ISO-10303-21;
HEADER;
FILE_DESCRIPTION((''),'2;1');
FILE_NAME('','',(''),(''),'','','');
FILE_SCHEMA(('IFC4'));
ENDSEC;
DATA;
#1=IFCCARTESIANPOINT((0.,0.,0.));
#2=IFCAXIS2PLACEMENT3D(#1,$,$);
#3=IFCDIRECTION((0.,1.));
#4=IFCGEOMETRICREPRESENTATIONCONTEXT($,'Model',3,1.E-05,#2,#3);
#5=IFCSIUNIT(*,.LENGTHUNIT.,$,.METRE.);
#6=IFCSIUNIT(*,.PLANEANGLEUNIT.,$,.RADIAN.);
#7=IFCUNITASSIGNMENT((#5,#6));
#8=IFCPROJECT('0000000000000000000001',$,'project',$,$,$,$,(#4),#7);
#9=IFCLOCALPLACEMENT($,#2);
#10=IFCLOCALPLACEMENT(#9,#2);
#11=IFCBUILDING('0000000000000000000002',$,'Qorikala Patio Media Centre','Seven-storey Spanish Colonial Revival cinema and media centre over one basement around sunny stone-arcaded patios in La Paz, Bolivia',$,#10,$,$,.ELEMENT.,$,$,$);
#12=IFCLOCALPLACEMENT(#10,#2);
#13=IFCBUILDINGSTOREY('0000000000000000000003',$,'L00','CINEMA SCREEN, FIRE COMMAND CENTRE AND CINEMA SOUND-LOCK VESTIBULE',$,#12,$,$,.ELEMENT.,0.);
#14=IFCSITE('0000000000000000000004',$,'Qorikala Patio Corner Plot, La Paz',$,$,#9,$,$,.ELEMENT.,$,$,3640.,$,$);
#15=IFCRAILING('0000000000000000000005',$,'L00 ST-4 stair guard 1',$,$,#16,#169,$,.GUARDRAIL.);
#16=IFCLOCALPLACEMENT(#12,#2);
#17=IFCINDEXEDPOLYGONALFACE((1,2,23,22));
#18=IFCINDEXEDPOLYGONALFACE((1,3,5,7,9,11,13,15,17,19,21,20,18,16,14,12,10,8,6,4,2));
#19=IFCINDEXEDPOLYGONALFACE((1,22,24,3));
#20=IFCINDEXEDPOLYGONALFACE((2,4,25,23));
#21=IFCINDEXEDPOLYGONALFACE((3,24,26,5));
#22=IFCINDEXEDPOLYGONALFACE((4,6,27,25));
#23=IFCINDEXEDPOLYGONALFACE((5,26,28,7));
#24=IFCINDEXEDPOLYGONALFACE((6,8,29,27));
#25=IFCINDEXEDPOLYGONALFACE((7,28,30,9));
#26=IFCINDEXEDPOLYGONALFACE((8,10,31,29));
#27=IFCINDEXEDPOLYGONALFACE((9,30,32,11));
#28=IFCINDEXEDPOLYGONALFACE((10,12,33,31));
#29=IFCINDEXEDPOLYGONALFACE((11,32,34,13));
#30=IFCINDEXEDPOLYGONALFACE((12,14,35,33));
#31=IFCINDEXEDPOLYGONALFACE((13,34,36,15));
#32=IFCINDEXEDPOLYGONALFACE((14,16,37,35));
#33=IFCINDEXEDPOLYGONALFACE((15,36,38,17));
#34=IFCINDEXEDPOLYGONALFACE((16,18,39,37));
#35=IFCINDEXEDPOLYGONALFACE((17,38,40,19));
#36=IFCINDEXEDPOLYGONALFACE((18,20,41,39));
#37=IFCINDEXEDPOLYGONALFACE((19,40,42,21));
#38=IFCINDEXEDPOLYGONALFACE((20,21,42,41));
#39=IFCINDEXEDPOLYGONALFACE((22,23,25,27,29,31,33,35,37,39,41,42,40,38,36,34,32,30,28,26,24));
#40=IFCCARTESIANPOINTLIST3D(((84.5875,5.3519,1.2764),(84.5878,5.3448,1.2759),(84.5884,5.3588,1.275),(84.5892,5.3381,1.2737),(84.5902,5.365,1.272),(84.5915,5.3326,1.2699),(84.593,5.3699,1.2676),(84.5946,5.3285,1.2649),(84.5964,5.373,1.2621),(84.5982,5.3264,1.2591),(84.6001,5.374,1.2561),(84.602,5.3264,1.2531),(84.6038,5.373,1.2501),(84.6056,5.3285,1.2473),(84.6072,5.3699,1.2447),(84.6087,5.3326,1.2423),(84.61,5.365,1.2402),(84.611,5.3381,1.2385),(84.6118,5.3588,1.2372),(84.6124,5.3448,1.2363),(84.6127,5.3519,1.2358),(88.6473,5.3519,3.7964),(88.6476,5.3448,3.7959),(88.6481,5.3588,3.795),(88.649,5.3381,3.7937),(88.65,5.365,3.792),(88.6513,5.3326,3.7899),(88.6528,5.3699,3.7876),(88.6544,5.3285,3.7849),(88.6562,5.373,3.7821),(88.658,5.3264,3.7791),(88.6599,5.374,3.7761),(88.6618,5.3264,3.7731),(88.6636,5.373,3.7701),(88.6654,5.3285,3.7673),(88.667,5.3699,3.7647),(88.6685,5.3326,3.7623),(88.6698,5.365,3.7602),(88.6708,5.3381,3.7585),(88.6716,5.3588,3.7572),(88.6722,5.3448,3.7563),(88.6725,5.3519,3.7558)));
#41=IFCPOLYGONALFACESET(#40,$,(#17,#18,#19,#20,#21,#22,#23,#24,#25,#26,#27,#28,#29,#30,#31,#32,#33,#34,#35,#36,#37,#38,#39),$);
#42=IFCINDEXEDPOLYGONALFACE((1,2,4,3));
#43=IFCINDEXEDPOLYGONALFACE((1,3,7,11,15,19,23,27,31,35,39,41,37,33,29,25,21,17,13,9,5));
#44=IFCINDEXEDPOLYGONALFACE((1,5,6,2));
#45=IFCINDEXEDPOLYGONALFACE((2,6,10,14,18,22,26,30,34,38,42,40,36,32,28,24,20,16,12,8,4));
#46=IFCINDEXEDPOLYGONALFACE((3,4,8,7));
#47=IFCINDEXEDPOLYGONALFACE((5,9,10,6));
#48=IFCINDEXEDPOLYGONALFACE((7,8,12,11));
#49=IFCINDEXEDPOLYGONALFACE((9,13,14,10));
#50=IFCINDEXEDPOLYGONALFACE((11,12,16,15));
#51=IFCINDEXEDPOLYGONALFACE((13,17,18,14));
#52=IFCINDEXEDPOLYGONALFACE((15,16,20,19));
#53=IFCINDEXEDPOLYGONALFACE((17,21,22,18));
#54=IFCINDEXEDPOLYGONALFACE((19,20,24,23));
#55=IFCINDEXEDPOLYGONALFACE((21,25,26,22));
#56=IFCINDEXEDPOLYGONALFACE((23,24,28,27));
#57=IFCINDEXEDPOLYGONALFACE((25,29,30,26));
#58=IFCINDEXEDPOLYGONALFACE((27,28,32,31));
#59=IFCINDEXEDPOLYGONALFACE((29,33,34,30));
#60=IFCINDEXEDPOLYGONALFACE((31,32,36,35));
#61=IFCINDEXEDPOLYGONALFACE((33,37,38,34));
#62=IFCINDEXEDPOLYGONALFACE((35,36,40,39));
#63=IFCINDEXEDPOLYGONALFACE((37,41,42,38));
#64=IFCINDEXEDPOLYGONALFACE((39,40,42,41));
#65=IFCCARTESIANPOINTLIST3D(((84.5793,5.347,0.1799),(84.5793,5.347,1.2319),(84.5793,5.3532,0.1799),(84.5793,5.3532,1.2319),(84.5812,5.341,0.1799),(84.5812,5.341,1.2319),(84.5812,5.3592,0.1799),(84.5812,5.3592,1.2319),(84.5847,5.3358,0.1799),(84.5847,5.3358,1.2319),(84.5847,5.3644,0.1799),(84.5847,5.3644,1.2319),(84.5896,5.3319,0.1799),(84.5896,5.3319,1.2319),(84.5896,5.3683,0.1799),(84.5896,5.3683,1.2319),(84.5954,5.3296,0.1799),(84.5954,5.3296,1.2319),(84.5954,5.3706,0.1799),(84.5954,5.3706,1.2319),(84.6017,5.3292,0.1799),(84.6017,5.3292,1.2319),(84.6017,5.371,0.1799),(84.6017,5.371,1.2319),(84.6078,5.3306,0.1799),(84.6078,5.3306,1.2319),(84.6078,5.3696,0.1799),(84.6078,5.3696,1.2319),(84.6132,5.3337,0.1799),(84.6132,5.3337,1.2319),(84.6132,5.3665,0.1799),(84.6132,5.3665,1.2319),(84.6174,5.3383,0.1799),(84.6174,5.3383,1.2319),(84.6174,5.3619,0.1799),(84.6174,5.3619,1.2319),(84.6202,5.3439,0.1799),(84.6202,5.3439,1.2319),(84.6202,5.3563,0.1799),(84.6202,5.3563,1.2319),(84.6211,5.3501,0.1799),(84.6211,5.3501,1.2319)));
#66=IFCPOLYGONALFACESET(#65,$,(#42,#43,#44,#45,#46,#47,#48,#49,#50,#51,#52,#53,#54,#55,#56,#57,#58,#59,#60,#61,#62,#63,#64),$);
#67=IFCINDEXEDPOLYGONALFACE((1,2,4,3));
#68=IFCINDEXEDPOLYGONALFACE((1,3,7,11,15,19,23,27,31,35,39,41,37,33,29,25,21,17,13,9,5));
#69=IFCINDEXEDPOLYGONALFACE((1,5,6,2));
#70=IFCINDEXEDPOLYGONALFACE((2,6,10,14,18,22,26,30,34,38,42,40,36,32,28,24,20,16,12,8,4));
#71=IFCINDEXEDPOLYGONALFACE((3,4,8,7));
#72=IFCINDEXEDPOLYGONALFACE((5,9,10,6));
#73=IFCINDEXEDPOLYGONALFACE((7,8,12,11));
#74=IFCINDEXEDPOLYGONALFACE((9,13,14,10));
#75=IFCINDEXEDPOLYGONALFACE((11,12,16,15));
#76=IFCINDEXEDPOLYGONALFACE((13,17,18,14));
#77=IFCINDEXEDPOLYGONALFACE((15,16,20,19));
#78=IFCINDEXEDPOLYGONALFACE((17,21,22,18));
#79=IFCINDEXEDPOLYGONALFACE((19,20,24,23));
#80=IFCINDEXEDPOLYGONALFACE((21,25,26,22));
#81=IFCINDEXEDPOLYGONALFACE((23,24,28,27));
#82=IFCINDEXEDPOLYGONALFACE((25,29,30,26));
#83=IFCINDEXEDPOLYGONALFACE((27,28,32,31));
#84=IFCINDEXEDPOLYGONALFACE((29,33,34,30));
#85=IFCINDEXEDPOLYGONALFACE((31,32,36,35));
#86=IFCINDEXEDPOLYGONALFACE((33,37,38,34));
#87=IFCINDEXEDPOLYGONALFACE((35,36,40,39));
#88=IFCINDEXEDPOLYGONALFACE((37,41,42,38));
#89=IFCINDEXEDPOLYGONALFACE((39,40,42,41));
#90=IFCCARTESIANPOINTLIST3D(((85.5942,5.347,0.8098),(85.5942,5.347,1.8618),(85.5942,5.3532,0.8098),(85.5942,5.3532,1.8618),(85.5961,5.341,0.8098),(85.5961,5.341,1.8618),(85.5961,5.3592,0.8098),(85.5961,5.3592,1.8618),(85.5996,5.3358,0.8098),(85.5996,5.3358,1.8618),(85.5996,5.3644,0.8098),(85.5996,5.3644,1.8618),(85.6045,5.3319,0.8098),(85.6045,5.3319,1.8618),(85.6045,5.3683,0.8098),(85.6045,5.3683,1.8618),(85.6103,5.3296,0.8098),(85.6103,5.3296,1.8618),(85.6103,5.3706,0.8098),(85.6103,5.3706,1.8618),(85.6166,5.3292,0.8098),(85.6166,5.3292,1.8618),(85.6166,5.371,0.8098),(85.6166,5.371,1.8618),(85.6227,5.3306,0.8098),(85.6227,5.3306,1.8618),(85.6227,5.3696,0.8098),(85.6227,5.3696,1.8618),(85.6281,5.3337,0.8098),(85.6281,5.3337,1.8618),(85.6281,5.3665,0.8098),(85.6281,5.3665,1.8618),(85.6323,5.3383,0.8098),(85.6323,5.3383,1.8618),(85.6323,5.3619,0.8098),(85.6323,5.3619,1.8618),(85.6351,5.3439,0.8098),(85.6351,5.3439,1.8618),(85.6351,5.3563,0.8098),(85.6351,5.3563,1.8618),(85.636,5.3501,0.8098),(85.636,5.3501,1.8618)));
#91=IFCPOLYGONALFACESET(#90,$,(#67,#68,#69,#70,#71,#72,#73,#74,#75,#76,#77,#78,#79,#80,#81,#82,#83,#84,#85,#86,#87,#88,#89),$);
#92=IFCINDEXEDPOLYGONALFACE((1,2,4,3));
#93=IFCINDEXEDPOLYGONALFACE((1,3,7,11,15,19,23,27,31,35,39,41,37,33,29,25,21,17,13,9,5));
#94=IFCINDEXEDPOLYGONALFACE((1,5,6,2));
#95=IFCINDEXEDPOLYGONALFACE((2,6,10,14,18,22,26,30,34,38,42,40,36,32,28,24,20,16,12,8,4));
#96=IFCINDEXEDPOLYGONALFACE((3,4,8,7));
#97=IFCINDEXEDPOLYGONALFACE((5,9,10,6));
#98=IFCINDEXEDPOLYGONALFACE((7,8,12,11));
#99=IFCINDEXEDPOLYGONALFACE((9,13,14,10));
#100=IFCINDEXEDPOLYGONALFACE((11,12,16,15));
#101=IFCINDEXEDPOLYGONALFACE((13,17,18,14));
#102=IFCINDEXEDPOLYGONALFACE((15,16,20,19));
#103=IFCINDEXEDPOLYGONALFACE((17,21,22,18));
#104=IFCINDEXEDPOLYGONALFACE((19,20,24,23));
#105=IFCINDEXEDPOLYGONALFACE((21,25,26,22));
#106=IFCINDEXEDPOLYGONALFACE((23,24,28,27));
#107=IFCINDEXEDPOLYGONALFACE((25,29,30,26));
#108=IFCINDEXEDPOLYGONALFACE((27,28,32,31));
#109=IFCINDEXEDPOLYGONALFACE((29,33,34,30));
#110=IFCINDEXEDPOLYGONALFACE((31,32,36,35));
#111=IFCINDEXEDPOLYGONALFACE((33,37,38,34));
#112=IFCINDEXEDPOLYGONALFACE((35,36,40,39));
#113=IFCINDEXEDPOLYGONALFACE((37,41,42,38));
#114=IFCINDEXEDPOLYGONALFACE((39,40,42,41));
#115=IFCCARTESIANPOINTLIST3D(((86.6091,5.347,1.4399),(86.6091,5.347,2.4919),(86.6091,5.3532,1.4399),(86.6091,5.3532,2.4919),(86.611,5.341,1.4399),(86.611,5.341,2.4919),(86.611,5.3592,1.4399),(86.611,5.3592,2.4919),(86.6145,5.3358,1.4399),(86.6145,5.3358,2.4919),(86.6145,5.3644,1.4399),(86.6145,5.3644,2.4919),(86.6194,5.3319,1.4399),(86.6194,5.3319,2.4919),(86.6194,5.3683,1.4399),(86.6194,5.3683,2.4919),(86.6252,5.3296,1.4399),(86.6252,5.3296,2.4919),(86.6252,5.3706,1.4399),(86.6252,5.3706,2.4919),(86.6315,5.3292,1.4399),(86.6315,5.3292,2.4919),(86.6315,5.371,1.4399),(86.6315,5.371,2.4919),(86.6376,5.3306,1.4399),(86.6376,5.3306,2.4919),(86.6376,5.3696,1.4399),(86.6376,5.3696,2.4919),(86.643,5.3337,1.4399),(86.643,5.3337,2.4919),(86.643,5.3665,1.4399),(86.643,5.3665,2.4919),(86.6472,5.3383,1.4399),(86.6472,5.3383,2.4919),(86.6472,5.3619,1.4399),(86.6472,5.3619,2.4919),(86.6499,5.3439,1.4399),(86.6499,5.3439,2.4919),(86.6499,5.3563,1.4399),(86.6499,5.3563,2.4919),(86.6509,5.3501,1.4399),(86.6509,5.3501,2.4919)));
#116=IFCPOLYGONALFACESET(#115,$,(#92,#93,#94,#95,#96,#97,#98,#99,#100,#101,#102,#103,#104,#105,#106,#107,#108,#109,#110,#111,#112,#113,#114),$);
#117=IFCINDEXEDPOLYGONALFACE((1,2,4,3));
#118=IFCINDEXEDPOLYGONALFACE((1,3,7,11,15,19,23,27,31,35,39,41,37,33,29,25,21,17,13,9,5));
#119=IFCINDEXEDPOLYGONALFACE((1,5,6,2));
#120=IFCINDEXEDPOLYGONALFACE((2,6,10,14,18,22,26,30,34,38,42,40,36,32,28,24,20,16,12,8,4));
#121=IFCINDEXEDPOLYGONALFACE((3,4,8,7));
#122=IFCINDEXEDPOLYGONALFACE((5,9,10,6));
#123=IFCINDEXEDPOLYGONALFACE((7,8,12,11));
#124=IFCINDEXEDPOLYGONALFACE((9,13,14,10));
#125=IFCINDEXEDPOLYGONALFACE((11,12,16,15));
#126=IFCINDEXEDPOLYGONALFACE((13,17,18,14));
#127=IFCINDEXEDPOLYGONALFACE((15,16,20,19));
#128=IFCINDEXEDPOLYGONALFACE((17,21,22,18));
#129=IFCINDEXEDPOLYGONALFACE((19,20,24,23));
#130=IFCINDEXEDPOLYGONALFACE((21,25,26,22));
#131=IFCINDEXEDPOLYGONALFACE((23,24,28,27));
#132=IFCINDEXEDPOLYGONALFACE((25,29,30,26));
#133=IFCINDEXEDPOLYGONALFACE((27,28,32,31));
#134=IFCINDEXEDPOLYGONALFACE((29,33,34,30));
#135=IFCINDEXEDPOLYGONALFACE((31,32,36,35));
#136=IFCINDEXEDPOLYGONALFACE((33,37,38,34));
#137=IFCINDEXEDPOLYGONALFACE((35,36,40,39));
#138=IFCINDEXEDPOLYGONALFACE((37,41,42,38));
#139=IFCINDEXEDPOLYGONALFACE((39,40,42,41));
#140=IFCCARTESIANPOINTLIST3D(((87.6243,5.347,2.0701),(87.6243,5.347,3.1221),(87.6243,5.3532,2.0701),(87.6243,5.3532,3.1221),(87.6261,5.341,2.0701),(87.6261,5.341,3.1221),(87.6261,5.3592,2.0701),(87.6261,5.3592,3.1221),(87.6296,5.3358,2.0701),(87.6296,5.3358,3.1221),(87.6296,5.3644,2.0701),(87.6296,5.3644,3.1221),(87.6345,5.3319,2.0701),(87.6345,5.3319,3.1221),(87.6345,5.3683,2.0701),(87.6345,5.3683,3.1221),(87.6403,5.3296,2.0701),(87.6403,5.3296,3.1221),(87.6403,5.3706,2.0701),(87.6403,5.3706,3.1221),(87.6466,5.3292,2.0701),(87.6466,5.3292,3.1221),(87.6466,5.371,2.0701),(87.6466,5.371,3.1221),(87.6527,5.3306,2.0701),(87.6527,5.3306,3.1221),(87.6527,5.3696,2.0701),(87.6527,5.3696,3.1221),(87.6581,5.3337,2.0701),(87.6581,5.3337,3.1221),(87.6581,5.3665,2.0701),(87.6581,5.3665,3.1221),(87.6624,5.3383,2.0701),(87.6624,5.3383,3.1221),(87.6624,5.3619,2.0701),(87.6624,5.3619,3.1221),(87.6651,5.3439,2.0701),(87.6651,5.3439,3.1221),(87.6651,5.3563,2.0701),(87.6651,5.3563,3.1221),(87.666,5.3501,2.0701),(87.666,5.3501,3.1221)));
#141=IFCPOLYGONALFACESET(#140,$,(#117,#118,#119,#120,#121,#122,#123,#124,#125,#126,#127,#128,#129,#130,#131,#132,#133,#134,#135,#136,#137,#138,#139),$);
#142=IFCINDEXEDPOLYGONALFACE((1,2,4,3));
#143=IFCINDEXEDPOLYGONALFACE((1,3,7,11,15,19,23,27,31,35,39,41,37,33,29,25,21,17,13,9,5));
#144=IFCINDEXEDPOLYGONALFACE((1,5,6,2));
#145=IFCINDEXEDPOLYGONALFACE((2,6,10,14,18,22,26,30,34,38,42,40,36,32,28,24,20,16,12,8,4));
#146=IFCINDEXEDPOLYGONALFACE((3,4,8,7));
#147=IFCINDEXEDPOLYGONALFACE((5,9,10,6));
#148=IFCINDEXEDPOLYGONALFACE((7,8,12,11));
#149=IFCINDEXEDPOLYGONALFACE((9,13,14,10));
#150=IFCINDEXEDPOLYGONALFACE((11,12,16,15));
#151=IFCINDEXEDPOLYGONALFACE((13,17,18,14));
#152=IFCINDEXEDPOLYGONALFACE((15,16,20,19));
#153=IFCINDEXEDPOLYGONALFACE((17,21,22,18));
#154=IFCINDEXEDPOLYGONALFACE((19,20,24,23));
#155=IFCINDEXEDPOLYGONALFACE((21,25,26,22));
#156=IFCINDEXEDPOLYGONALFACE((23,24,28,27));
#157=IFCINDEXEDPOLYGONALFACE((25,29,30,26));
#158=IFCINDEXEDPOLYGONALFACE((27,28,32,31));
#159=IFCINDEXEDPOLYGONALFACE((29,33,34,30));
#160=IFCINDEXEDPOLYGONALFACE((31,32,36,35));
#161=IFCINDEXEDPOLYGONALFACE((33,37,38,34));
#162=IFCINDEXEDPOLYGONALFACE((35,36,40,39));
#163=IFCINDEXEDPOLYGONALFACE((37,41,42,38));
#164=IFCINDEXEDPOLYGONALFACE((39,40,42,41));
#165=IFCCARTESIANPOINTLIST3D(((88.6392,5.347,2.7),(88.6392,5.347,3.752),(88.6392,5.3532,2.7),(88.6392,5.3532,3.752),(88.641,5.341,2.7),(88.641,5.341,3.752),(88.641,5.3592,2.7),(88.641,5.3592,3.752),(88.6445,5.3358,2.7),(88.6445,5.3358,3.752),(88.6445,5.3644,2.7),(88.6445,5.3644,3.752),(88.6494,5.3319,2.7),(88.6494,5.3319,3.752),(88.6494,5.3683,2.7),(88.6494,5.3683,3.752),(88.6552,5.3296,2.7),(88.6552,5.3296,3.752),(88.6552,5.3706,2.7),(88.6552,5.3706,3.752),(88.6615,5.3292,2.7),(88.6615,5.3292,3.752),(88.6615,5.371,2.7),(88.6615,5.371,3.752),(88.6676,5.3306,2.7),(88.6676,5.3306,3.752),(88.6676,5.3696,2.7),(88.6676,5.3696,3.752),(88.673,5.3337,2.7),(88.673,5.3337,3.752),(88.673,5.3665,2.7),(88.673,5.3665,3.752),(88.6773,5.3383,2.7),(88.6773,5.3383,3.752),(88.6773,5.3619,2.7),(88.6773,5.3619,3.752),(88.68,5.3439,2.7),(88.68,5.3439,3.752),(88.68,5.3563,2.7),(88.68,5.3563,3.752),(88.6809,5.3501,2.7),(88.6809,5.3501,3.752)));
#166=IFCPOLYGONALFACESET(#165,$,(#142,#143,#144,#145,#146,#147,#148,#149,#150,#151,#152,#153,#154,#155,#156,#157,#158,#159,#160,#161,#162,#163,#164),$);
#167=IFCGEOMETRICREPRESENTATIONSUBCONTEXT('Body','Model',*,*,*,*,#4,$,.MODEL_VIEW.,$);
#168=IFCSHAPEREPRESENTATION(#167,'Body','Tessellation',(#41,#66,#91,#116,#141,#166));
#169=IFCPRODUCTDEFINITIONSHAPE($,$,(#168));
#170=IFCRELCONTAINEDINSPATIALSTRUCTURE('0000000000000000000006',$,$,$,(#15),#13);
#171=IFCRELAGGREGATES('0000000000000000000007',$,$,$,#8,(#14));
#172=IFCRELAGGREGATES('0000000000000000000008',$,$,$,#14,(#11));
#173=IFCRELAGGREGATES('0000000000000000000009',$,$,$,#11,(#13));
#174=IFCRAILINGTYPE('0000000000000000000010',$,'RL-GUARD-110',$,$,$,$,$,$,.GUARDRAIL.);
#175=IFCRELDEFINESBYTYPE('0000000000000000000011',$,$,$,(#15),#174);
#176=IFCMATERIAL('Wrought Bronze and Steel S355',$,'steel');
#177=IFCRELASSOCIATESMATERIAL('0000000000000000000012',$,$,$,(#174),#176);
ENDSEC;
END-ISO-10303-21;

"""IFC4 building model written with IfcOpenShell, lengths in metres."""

from ifc_helpers import new_model, si_unit, direction, frame, origin, origin_2d, place, context, subcontext, project, spatial, circle, extrude, material, type_object, element, save


model = new_model("IFC4")

# Units and contexts
model_context = context("Model", 3, precision=1e-05, world=origin(), true_north=direction((0.0, 1.0)))
body_context = subcontext(model_context, "Body", "Model", "MODEL_VIEW")
ifc_project = project(units=[si_unit("LENGTHUNIT", "METRE"), si_unit("PLANEANGLEUNIT", "RADIAN")], contexts=[model_context])

# Site, building, storey
site_placement = place(None, origin())
site = spatial("IfcSite", under=ifc_project, at=site_placement, Name="Qorikala Patio Corner Plot, La Paz", CompositionType="ELEMENT", RefElevation=3640.0)
building_placement = place(site_placement, origin())
building = spatial("IfcBuilding", under=site, at=building_placement, Name="Qorikala Patio Media Centre", Description="Seven-storey Spanish Colonial Revival cinema and media centre over one basement around sunny stone-arcaded patios in La Paz, Bolivia", CompositionType="ELEMENT")
storey_placement = place(building_placement, origin())
storey = spatial("IfcBuildingStorey", under=building, at=storey_placement, Name="L00", Description="CINEMA SCREEN, FIRE COMMAND CENTRE AND CINEMA SOUND-LOCK VESTIBULE", CompositionType="ELEMENT", Elevation=0.0)

# Railing
ifc_material_1 = material(Name="Wrought Bronze and Steel S355", Category="steel")
railing_type_1 = type_object("IfcRailingType", Name="RL-GUARD-110", PredefinedType="GUARDRAIL", material=ifc_material_1)
railing_1_placement = place(storey_placement, frame((84.6001, 5.3501, 0.1799)))
element("IfcRailing", 1, at=railing_1_placement, inside=storey, type_object=railing_type_1, Name="L00 ST-4 stair guard 1", PredefinedType="GUARDRAIL", context=body_context, shape_type="SweptSolid", body=[
    extrude(circle(Radius=0.0239, at=origin_2d()), frame((0.0, 0.0, 1.0762), z_axis=(0.849628, 0.0, 0.527383), x_axis=(0.0, 1.0, 0.0)), (0.0, 0.0, 1.0), 4.7783),
    extrude(circle(Radius=0.021, at=origin_2d()), origin(), (0.0, 0.0, 1.0), 1.052),
    extrude(circle(Radius=0.021, at=origin_2d()), frame((1.0149, 0.0, 0.6299)), (0.0, 0.0, 1.0), 1.052),
    extrude(circle(Radius=0.021, at=origin_2d()), frame((2.0298, 0.0, 1.26)), (0.0, 0.0, 1.0), 1.052),
    extrude(circle(Radius=0.021, at=origin_2d()), frame((3.0449, 0.0, 1.8901)), (0.0, 0.0, 1.0), 1.052),
    extrude(circle(Radius=0.021, at=origin_2d()), frame((4.0598, 0.0, 2.52)), (0.0, 0.0, 1.0), 1.052),
])

save(model, "model.ifc")
